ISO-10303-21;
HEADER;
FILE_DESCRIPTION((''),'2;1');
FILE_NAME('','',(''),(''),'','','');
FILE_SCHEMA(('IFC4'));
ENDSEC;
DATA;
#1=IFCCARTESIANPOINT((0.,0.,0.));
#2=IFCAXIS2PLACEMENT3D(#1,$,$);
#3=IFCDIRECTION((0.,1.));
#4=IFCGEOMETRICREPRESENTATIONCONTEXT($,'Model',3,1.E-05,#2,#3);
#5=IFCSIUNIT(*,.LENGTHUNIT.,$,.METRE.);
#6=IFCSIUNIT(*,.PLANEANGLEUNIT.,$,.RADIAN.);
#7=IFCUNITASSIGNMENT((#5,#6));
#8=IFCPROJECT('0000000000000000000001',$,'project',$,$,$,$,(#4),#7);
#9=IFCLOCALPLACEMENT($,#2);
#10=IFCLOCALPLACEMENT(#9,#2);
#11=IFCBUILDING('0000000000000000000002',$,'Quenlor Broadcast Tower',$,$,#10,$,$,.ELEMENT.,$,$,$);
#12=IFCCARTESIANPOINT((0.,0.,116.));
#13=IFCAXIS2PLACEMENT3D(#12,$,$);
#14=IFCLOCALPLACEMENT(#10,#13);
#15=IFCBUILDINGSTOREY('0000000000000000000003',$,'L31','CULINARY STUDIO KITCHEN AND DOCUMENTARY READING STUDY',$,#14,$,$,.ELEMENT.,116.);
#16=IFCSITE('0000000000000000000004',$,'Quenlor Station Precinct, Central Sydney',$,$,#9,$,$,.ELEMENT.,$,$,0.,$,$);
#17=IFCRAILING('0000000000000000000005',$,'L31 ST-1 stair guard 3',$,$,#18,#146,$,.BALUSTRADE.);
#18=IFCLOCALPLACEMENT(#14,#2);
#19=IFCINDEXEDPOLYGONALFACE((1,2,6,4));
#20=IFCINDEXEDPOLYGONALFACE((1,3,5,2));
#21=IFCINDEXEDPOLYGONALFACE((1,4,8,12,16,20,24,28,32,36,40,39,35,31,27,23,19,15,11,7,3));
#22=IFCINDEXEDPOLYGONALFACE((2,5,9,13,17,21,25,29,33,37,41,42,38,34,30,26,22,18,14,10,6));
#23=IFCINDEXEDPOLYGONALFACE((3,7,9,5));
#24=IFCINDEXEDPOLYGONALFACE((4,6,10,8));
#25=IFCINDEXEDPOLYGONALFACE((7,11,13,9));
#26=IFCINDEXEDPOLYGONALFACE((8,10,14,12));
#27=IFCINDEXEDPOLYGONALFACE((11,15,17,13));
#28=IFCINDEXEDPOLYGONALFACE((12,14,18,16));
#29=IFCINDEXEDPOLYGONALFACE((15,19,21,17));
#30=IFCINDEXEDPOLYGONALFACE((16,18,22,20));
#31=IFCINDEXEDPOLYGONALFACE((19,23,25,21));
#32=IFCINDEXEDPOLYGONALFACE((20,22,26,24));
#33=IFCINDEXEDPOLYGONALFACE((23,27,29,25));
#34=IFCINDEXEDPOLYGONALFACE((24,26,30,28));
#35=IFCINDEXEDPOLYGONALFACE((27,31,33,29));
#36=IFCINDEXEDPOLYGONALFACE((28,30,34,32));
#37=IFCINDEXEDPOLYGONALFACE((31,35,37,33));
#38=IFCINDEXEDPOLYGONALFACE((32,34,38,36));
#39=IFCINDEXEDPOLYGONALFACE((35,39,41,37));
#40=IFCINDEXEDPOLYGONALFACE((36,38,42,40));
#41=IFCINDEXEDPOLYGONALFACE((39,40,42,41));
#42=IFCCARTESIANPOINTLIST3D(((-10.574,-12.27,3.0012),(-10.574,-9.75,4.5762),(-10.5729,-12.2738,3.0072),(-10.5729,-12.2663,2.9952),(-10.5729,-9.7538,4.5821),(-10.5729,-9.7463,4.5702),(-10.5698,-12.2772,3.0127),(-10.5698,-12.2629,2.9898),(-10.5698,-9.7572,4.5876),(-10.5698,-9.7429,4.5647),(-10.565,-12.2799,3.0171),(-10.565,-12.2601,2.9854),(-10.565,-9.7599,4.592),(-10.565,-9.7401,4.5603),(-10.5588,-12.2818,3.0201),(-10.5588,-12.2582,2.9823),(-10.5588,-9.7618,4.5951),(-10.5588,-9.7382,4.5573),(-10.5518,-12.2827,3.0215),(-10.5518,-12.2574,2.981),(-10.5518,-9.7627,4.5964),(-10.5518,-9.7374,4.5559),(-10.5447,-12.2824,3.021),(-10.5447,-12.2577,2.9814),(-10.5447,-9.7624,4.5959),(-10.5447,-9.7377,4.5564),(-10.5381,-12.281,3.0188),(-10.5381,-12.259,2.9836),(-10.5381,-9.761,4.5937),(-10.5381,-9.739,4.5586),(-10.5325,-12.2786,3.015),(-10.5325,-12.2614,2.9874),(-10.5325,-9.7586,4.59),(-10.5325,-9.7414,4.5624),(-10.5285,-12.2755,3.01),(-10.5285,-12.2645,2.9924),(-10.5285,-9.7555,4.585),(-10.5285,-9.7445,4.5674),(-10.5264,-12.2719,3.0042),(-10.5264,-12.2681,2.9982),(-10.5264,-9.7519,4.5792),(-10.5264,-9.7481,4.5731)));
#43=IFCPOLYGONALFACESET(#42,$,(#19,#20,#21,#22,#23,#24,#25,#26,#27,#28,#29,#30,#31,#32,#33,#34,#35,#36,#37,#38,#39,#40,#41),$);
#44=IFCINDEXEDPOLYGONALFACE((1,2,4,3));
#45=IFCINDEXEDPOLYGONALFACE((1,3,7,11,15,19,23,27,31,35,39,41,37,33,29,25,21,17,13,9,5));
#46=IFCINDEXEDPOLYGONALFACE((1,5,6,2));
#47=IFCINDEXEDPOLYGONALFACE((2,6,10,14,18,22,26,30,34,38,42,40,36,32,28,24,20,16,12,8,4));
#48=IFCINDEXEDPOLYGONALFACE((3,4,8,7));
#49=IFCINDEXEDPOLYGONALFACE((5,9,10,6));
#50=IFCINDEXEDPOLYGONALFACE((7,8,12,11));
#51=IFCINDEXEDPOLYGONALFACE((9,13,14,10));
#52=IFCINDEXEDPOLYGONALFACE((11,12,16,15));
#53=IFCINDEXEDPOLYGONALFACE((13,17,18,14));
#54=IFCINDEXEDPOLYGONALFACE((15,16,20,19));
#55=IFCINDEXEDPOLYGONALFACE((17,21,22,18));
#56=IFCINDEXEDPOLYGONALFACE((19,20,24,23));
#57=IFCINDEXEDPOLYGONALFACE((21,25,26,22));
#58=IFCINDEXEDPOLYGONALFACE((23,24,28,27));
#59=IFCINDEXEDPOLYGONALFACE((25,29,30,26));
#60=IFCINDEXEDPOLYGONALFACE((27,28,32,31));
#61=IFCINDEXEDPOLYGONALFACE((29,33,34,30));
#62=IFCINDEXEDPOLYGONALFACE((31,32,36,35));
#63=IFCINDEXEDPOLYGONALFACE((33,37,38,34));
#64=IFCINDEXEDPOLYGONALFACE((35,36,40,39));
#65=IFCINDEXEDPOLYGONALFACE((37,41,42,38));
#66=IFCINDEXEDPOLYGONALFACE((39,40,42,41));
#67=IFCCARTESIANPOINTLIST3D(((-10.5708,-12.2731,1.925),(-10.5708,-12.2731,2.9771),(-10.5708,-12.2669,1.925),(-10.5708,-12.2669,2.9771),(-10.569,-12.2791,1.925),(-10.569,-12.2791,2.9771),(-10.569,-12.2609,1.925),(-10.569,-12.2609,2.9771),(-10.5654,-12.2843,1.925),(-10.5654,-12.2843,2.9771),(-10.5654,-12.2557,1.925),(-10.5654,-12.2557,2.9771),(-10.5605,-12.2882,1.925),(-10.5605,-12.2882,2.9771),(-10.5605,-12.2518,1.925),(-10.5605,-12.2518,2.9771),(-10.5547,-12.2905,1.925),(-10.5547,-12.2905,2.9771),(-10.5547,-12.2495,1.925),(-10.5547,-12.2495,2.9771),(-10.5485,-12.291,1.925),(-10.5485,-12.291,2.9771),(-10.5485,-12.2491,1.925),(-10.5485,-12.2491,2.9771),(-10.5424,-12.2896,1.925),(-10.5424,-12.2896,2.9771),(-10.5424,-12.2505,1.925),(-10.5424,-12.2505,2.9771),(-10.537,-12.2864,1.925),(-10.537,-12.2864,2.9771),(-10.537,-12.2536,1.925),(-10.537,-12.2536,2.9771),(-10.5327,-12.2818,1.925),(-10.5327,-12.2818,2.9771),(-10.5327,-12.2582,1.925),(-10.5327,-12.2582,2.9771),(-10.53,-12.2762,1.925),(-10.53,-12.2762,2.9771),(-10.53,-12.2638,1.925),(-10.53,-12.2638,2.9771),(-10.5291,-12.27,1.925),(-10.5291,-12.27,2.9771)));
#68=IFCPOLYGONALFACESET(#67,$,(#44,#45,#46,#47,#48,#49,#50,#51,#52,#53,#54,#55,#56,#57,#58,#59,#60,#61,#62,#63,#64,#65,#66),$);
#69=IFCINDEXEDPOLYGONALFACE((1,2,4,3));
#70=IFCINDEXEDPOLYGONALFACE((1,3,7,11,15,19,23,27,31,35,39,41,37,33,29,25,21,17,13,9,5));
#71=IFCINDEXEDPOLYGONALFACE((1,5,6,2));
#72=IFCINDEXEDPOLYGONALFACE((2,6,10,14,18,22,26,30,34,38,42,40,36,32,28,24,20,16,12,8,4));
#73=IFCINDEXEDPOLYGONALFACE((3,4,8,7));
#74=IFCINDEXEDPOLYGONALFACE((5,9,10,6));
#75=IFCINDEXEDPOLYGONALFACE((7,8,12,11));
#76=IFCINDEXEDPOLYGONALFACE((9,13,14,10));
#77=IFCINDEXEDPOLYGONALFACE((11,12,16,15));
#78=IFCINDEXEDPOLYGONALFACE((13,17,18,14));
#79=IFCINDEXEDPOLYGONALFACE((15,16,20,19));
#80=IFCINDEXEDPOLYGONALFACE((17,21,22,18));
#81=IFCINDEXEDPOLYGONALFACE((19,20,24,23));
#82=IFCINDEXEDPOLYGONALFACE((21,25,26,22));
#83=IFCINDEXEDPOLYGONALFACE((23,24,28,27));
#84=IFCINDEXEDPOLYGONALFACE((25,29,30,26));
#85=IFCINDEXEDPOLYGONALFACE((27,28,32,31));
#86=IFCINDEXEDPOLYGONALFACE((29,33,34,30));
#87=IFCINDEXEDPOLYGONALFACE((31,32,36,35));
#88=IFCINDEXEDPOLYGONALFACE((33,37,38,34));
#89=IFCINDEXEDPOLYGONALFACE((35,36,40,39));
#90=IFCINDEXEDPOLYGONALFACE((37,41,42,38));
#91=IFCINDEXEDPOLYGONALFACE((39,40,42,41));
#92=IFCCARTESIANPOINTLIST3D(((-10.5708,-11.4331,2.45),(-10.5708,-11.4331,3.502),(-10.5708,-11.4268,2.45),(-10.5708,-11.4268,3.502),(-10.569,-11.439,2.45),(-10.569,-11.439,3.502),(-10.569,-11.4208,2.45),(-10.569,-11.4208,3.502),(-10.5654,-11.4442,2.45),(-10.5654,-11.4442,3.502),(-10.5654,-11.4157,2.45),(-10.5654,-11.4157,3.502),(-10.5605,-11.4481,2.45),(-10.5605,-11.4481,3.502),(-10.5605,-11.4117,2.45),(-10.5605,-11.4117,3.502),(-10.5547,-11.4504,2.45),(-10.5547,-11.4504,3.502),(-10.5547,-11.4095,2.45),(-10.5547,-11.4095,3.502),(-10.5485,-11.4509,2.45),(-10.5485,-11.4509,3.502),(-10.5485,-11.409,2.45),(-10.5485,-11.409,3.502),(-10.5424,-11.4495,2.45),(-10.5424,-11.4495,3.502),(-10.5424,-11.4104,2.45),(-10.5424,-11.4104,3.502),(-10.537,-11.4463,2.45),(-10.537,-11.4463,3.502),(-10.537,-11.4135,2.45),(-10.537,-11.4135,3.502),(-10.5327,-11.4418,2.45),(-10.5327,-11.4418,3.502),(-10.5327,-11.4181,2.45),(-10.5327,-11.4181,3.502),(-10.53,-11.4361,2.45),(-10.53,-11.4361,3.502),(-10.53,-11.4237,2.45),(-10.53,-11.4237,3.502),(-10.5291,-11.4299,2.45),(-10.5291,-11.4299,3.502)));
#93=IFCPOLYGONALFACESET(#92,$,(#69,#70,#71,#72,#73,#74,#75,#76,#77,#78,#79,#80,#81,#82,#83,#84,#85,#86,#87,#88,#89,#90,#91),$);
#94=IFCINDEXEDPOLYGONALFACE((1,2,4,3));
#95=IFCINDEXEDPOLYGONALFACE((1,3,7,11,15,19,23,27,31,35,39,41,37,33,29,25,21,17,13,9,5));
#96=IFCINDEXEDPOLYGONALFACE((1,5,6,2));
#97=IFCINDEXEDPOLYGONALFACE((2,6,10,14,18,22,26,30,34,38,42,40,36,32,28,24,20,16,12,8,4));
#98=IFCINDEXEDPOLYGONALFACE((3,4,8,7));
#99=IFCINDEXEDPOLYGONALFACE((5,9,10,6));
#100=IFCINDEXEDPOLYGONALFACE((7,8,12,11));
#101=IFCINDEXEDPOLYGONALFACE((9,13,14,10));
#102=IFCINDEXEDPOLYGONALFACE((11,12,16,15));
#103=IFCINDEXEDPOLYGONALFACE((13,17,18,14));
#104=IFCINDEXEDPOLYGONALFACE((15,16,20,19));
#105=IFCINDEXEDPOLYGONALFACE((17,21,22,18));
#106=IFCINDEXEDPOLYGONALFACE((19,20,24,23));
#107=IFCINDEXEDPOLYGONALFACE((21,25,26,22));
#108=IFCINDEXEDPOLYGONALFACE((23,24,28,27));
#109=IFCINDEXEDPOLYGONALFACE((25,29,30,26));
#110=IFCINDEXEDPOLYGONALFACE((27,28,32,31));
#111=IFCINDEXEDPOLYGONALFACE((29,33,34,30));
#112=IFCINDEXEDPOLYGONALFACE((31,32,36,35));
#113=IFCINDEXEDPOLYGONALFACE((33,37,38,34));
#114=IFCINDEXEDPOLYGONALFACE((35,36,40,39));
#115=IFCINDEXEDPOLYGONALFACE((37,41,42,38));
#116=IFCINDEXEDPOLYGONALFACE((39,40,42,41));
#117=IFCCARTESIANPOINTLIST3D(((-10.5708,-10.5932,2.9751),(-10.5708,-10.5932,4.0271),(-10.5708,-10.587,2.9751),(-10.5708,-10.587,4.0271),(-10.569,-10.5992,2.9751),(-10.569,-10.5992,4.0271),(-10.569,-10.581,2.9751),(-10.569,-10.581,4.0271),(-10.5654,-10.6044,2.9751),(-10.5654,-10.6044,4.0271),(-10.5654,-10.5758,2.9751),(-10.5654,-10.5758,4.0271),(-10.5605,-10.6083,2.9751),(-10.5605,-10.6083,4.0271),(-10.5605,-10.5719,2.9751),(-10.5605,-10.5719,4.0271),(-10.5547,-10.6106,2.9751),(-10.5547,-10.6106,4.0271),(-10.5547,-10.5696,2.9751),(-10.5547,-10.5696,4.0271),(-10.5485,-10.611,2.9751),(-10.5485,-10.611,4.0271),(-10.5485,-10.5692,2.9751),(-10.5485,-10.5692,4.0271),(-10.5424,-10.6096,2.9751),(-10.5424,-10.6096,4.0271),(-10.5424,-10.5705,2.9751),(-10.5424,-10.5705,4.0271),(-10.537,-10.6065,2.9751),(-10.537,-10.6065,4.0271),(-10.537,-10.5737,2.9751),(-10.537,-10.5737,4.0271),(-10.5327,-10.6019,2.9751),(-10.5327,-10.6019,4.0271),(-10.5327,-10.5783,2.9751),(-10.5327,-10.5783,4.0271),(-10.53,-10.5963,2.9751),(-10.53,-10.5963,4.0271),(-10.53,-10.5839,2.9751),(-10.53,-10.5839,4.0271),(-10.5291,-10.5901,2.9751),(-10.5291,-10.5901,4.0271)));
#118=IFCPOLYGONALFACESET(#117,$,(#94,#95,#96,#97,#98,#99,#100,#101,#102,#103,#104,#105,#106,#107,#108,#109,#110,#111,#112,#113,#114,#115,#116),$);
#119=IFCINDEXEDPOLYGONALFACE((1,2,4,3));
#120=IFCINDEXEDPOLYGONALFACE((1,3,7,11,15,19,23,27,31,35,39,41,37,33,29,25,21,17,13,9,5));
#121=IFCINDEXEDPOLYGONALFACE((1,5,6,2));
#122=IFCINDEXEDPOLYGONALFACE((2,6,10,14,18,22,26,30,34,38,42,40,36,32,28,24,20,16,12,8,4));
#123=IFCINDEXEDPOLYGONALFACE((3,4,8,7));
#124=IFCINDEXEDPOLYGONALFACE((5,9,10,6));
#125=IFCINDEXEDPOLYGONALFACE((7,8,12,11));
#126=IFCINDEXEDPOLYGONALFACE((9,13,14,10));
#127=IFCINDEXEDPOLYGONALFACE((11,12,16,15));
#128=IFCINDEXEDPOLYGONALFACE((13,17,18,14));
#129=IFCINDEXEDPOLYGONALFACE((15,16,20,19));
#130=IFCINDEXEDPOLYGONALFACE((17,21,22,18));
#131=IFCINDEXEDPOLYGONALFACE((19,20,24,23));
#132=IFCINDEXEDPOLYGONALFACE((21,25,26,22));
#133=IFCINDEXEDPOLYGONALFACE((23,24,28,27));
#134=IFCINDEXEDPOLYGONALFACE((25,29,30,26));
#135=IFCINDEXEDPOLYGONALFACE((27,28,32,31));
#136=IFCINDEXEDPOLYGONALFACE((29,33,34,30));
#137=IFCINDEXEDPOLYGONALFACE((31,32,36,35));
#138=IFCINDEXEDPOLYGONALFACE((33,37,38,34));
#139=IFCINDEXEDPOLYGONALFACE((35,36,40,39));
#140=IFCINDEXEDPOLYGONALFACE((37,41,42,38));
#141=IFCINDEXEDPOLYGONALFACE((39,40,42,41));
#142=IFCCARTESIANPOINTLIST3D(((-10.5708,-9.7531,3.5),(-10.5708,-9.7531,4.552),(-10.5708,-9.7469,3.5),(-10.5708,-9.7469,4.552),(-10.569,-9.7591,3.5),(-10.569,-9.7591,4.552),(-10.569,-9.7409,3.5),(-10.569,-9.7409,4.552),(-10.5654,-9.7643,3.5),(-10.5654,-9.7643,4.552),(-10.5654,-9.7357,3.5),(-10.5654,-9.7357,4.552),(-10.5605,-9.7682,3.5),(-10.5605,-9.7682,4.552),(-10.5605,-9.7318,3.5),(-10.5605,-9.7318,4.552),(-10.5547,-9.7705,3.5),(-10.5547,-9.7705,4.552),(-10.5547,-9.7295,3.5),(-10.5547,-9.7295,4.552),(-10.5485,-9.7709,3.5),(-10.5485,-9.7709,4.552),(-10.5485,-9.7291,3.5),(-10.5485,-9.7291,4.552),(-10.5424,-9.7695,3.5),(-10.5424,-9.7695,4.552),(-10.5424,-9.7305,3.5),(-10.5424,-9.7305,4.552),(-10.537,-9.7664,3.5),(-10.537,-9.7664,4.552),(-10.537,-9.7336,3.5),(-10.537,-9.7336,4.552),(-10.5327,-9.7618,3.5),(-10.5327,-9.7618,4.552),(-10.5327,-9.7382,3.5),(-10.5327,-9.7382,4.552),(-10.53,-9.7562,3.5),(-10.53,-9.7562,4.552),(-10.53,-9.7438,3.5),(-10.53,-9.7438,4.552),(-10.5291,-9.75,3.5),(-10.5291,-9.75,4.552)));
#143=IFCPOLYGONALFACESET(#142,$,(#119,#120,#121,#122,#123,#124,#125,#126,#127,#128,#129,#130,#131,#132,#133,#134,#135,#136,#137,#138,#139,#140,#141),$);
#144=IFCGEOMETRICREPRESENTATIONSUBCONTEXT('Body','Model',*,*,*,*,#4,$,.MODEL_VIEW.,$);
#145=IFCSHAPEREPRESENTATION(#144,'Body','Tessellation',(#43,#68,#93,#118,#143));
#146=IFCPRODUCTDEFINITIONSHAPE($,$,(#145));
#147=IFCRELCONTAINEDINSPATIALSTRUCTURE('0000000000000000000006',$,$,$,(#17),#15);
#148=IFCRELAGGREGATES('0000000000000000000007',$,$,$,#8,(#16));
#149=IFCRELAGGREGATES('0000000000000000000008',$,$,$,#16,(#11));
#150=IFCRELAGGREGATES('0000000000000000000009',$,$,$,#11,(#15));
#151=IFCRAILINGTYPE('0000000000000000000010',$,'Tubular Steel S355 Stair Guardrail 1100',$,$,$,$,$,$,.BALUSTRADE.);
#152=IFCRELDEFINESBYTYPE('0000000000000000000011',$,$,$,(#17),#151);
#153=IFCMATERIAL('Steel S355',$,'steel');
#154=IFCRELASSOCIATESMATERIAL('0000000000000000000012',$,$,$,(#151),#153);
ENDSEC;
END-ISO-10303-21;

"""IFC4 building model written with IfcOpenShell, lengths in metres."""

from ifc_helpers import new_model, si_unit, direction, frame, origin, origin_2d, place, context, subcontext, project, spatial, circle, extrude, material, type_object, element, save


model = new_model("IFC4")

# Units and contexts
model_context = context("Model", 3, precision=1e-05, world=origin(), true_north=direction((0.0, 1.0)))
body_context = subcontext(model_context, "Body", "Model", "MODEL_VIEW")
ifc_project = project(units=[si_unit("LENGTHUNIT", "METRE"), si_unit("PLANEANGLEUNIT", "RADIAN")], contexts=[model_context])

# Site, building, storey
site_placement = place(None, origin())
site = spatial("IfcSite", under=ifc_project, at=site_placement, Name="Quenlor Station Precinct, Central Sydney", CompositionType="ELEMENT", RefElevation=0.0)
building_placement = place(site_placement, origin())
building = spatial("IfcBuilding", under=site, at=building_placement, Name="Quenlor Broadcast Tower", CompositionType="ELEMENT")
storey_placement = place(building_placement, frame((0.0, 0.0, 116.0)))
storey = spatial("IfcBuildingStorey", under=building, at=storey_placement, Name="L31", Description="CULINARY STUDIO KITCHEN AND DOCUMENTARY READING STUDY", CompositionType="ELEMENT", Elevation=116.0)

# Railing
ifc_material_1 = material(Name="Steel S355", Category="steel")
railing_type_1 = type_object("IfcRailingType", Name="Tubular Steel S355 Stair Guardrail 1100", PredefinedType="BALUSTRADE", material=ifc_material_1)
railing_1_placement = place(storey_placement, frame((-10.55, -12.27, 1.925)))
element("IfcRailing", 1, at=railing_1_placement, inside=storey, type_object=railing_type_1, Name="L31 ST-1 stair guard 3", PredefinedType="BALUSTRADE", context=body_context, shape_type="SweptSolid", body=[
    extrude(circle(Radius=0.0239, at=origin_2d()), frame((0.0, 0.0, 1.0762), z_axis=(0.0, 0.848008, 0.529984), x_axis=(-1.0, 0.0, 0.0)), (0.0, 0.0, 1.0), 2.9717),
    extrude(circle(Radius=0.021, at=origin_2d()), origin(), (0.0, 0.0, 1.0), 1.052),
    extrude(circle(Radius=0.021, at=origin_2d()), frame((0.0, 0.8401, 0.5249)), (0.0, 0.0, 1.0), 1.052),
    extrude(circle(Radius=0.021, at=origin_2d()), frame((0.0, 1.6799, 1.05)), (0.0, 0.0, 1.0), 1.052),
    extrude(circle(Radius=0.021, at=origin_2d()), frame((0.0, 2.52, 1.575)), (0.0, 0.0, 1.0), 1.052),
])

save(model, "model.ifc")
